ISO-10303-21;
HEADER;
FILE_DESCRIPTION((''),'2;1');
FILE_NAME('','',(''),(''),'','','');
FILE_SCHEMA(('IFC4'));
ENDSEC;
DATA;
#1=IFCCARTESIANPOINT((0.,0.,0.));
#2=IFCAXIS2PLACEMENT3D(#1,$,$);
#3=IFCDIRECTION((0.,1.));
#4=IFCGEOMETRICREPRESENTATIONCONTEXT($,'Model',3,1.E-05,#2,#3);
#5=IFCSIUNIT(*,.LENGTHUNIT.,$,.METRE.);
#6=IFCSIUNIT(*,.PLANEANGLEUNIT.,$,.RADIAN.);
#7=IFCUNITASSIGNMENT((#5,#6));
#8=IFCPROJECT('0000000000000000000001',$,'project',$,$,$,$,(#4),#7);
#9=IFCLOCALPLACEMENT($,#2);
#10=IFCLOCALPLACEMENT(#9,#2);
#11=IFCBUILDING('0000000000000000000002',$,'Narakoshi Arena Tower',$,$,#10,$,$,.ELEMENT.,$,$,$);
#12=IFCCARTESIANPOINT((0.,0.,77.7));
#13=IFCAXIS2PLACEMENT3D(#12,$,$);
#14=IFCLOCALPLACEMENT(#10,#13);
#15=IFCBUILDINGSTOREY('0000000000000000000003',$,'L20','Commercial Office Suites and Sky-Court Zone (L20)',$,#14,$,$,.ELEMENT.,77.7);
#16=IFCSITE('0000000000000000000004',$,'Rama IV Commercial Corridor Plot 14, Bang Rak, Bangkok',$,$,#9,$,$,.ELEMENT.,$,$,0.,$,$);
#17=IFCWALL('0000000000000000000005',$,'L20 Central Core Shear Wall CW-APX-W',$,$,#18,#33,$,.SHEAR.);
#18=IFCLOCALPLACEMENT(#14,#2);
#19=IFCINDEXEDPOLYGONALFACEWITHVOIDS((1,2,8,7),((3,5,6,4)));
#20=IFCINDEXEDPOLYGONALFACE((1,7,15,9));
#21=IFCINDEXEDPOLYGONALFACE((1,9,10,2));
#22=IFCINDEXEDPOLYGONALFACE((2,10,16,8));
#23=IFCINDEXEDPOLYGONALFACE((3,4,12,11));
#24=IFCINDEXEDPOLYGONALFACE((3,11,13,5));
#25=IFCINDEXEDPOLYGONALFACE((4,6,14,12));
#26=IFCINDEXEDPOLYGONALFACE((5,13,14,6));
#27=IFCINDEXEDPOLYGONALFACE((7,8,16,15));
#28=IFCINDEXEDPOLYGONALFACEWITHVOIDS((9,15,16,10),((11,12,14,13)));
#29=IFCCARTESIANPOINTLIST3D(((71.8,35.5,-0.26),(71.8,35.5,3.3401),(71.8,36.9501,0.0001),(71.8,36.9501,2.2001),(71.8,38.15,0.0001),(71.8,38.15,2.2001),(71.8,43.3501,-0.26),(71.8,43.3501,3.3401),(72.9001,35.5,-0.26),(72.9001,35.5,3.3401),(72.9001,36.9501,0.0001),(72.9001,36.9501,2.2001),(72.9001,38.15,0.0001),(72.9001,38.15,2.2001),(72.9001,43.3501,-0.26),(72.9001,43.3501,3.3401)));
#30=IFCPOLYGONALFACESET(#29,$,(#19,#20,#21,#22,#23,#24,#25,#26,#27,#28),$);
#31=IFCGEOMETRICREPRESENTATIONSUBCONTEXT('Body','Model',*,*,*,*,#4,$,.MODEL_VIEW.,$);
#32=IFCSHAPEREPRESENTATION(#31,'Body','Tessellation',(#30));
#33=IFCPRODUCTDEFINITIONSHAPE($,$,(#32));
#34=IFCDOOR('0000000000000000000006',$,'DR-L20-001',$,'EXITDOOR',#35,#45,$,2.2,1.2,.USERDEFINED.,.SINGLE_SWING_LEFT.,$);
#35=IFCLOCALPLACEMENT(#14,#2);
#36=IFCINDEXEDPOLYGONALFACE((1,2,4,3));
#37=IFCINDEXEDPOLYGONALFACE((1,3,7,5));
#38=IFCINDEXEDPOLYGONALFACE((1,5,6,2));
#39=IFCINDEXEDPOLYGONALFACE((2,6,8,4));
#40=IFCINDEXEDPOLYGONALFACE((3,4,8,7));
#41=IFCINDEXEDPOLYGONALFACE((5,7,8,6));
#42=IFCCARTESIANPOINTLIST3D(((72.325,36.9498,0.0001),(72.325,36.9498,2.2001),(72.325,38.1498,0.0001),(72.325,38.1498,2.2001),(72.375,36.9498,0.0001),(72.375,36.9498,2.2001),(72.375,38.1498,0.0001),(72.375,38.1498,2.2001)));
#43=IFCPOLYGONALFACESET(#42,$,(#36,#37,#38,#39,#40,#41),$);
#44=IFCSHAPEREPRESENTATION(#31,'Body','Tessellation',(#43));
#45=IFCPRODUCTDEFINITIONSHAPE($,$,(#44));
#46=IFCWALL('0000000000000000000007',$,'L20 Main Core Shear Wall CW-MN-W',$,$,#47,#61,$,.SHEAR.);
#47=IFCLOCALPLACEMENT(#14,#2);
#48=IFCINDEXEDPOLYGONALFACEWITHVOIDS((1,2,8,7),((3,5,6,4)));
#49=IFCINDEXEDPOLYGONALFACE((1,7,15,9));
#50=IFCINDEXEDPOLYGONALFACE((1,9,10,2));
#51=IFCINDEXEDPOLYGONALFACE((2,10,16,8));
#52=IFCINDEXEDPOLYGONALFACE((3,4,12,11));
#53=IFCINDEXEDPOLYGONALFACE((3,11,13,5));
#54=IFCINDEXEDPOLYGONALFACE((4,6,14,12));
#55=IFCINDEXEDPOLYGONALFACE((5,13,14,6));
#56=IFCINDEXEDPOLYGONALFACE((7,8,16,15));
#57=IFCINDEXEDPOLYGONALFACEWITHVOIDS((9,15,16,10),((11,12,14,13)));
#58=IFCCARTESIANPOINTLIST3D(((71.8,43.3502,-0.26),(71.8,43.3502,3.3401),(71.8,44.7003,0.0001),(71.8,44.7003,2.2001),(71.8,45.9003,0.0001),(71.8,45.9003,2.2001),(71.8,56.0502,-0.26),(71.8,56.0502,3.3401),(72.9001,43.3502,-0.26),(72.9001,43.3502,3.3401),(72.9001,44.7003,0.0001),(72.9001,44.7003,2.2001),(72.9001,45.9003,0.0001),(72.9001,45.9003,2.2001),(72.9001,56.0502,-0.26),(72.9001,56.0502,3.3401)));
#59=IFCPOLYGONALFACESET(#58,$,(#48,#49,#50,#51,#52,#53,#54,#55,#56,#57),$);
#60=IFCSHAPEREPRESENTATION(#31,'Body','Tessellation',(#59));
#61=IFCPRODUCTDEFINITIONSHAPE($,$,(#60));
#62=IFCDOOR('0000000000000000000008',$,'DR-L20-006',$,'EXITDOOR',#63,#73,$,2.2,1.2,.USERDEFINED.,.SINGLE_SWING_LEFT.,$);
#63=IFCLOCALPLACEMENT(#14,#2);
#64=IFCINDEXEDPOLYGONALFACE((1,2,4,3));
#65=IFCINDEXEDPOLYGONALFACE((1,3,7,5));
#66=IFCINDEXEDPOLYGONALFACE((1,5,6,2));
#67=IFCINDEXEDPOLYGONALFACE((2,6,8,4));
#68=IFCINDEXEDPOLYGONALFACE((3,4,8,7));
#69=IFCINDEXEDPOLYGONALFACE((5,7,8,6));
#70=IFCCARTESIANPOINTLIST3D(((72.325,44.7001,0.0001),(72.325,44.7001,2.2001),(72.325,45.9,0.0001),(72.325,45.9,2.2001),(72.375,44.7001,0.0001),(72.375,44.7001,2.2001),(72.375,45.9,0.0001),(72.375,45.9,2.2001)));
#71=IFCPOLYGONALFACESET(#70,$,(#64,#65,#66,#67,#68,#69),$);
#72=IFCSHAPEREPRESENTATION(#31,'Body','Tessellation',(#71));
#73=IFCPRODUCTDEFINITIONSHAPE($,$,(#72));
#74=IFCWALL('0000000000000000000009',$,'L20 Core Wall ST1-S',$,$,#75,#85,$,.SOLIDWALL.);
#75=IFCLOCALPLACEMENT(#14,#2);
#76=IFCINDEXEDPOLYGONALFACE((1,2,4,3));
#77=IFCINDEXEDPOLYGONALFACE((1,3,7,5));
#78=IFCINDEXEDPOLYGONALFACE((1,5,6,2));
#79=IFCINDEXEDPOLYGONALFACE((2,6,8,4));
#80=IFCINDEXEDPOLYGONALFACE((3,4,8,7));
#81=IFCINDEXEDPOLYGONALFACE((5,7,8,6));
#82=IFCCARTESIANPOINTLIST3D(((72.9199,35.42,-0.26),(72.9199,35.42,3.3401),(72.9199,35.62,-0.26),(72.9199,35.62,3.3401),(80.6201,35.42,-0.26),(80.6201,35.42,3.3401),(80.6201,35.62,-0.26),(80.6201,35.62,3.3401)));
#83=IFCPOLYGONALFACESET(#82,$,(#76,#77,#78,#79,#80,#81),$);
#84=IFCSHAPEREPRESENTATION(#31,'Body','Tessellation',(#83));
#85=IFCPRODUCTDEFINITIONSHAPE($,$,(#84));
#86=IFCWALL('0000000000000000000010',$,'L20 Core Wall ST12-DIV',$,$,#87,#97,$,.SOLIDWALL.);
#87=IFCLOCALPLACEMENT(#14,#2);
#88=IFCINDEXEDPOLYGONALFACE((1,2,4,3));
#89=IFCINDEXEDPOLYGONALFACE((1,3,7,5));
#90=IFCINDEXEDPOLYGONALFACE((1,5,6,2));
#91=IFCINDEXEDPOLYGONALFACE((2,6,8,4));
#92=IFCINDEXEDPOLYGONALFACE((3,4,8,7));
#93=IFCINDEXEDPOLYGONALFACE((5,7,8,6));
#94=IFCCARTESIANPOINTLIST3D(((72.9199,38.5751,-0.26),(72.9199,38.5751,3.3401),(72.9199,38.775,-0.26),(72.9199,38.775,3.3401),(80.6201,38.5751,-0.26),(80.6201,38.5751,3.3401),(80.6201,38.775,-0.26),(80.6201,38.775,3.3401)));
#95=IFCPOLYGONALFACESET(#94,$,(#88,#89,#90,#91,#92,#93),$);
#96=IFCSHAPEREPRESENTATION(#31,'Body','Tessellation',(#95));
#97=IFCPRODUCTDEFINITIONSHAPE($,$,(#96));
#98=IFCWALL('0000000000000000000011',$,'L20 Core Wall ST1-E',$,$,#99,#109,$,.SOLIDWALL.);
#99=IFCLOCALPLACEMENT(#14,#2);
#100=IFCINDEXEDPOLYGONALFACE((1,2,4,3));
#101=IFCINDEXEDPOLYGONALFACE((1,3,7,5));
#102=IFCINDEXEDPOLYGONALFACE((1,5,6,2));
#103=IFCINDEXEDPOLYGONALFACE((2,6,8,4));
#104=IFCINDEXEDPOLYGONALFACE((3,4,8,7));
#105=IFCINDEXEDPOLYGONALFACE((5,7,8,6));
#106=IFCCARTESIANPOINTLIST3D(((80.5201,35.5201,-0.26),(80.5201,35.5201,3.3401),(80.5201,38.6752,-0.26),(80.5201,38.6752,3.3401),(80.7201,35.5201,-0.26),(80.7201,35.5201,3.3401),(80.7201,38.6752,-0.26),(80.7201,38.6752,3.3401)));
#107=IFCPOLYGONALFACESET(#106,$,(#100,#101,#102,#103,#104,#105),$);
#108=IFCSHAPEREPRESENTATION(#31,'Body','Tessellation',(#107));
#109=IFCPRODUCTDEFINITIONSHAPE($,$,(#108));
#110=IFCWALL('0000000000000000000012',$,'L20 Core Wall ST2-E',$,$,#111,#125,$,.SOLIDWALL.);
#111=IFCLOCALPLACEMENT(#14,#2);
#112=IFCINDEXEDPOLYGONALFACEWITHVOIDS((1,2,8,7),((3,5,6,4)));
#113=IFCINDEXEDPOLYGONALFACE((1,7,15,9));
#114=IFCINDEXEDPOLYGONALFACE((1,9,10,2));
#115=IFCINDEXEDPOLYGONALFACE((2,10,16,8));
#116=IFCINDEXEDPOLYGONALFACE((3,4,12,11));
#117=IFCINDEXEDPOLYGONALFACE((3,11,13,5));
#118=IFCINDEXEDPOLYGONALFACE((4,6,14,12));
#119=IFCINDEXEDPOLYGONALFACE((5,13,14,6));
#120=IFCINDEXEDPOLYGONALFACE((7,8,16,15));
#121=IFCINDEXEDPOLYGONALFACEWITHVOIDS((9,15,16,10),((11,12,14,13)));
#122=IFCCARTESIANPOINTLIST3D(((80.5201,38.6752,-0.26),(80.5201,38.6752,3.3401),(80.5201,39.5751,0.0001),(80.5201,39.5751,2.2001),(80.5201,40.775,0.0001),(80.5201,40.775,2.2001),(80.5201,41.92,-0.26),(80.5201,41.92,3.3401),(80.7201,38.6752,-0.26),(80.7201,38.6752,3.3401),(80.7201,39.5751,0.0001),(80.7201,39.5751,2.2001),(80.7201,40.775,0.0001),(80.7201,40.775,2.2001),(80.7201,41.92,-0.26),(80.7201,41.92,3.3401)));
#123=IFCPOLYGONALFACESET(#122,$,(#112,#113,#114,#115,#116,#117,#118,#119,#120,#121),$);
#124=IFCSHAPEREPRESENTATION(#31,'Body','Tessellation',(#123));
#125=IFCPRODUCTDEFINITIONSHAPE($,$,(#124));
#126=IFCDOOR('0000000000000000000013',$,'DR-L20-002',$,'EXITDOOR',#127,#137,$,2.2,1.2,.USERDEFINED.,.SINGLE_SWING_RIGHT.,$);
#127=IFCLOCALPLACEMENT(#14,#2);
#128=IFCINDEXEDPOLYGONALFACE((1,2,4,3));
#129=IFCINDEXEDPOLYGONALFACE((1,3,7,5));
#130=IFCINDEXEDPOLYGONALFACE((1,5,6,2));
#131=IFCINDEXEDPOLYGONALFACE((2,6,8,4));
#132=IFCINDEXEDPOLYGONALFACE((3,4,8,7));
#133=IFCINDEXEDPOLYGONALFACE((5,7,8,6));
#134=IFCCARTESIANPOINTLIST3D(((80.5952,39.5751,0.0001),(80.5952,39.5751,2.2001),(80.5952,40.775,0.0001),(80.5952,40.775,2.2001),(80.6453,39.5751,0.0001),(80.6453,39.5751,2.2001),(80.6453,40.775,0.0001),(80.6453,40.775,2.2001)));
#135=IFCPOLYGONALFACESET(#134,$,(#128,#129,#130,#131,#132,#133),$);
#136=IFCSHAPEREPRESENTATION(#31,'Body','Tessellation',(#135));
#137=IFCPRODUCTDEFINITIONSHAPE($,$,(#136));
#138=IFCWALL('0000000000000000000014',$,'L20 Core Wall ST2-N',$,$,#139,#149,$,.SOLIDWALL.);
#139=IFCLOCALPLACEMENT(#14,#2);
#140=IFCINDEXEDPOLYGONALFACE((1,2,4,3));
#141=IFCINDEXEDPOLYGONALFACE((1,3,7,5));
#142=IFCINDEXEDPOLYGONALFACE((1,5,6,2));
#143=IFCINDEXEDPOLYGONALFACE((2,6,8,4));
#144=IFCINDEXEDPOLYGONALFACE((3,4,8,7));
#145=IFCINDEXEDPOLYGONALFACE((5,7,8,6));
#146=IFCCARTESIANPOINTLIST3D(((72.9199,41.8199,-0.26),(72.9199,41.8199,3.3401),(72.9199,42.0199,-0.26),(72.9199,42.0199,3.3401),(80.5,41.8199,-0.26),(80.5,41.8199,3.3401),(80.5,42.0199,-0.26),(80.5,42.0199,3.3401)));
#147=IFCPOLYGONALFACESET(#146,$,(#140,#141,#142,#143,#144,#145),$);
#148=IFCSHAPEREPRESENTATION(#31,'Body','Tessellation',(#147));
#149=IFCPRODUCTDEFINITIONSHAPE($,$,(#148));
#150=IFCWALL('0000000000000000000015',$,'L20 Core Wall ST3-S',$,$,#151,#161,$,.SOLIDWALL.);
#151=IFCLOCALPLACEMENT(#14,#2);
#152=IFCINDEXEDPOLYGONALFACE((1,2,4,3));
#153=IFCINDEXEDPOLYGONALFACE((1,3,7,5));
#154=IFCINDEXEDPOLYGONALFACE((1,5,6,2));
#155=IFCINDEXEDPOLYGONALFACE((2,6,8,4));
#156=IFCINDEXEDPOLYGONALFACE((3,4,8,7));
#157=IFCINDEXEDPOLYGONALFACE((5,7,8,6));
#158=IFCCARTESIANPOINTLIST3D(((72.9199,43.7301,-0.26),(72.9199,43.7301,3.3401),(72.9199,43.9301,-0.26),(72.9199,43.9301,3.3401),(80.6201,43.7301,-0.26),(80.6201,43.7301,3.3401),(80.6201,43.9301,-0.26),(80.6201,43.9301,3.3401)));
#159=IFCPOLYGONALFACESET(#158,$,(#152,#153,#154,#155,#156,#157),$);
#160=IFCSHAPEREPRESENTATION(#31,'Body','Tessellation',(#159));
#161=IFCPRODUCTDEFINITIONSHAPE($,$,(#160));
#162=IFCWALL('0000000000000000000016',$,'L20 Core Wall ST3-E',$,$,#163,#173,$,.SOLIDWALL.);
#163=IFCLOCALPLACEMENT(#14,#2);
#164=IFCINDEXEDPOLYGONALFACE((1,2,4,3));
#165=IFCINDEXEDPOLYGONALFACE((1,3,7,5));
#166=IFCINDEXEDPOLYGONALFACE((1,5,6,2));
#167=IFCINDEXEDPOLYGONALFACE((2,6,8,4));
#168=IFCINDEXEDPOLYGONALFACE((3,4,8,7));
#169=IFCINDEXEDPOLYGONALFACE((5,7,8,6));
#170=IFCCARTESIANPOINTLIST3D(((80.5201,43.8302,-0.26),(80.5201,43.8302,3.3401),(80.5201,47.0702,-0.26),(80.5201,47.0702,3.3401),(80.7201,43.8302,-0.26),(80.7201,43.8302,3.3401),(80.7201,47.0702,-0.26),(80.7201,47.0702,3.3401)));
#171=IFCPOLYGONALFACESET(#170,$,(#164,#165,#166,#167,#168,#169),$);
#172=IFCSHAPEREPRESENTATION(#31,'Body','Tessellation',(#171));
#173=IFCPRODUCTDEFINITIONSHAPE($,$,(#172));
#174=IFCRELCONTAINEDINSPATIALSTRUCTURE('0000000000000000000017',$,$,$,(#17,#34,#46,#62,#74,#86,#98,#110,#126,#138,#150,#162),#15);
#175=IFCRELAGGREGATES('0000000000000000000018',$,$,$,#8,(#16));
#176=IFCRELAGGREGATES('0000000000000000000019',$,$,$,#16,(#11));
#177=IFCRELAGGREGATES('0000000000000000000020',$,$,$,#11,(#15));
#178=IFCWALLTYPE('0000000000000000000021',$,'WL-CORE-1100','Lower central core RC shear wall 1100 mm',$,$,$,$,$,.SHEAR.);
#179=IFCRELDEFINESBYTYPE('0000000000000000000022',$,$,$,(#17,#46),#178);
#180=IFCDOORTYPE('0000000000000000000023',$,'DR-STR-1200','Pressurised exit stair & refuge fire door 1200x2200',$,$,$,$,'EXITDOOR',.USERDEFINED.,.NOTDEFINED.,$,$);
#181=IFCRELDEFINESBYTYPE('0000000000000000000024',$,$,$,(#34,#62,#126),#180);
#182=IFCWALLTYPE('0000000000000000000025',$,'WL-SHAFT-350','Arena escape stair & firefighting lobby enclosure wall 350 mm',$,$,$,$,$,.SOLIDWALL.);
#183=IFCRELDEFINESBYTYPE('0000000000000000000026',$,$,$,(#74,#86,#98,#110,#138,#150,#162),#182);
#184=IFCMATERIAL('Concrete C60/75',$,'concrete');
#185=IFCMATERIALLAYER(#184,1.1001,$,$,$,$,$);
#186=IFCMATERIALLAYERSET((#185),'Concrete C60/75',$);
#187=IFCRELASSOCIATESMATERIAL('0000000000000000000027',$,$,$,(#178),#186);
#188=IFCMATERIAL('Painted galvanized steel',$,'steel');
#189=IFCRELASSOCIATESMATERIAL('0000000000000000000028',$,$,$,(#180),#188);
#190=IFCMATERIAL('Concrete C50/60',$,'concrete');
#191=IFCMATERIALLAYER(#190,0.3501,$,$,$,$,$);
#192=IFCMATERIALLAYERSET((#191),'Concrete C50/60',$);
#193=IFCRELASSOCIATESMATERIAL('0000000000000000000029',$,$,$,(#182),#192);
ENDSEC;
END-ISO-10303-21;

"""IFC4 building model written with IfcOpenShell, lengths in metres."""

from ifc_helpers import new_model, si_unit, direction, frame, frame_2d, origin, place, context, subcontext, project, spatial, rectangle, extrude, material, layer, layer_set, type_object, element, fill, save


model = new_model("IFC4")

# Units and contexts
model_context = context("Model", 3, precision=1e-05, world=origin(), true_north=direction((0.0, 1.0)))
body_context = subcontext(model_context, "Body", "Model", "MODEL_VIEW")
ifc_project = project(units=[si_unit("LENGTHUNIT", "METRE"), si_unit("PLANEANGLEUNIT", "RADIAN")], contexts=[model_context])

# Site, building, storey
site_placement = place(None, origin())
site = spatial("IfcSite", under=ifc_project, at=site_placement, Name="Rama IV Commercial Corridor Plot 14, Bang Rak, Bangkok", CompositionType="ELEMENT", RefElevation=0.0)
building_placement = place(site_placement, origin())
building = spatial("IfcBuilding", under=site, at=building_placement, Name="Narakoshi Arena Tower", CompositionType="ELEMENT")
storey_placement = place(building_placement, frame((0.0, 0.0, 77.7)))
storey = spatial("IfcBuildingStorey", under=building, at=storey_placement, Name="L20", Description="Commercial Office Suites and Sky-Court Zone (L20)", CompositionType="ELEMENT", Elevation=77.7)

# Walls, openings, doors
ifc_material_1 = material(Name="Concrete C60/75", Category="concrete")
ifc_layer_1 = layer(ifc_material_1, 1.1001)
ifc_layer_set_1 = layer_set([ifc_layer_1], Name="Concrete C60/75")
wall_type_1 = type_object("IfcWallType", Name="WL-CORE-1100", Description="Lower central core RC shear wall 1100 mm", PredefinedType="SHEAR", material=ifc_layer_set_1)
wall_1_placement = place(storey_placement, frame((72.3501, 35.5, -0.26), z_axis=(0.0, 0.0, 1.0), x_axis=(0.0, 1.0, 0.0)))
wall_1 = element("IfcWall", 1, at=wall_1_placement, inside=storey, type_object=wall_type_1, Name="L20 Central Core Shear Wall CW-APX-W", PredefinedType="SHEAR", context=body_context, shape_type="SweptSolid", body=[
    extrude(rectangle(XDim=7.8501, YDim=1.1001, at=frame_2d((3.925, 0.0))), origin(), (0.0, 0.0, 1.0), 3.6001),
])
opening_1_placement = place(wall_1_placement, frame((1.45, 0.0, 0.26)))
opening_1 = element("IfcOpeningElement", 2, at=opening_1_placement, cuts=wall_1, PredefinedType="OPENING", context=body_context, shape_type="SweptSolid", body=[
    extrude(rectangle(XDim=1.2, YDim=2.2, at=frame_2d((0.6001, 1.1001))), frame((0.0, 0.5601, 0.0), z_axis=(0.0, -1.0, 0.0), x_axis=(1.0, 0.0, 0.0)), (0.0, 0.0, 1.0), 1.1201),
])
ifc_material_2 = material(Name="Painted galvanized steel", Category="steel")
door_type = type_object("IfcDoorType", Name="DR-STR-1200", Description="Pressurised exit stair & refuge fire door 1200x2200", ElementType="EXITDOOR", OperationType="NOTDEFINED", PredefinedType="USERDEFINED", material=ifc_material_2)
door_1_placement = place(opening_1_placement, frame((1.2, 0.0, 0.0), z_axis=(0.0, 0.0, 1.0), x_axis=(-1.0, 0.0, 0.0)))
door_1 = element("IfcDoor", 3, at=door_1_placement, inside=storey, type_object=door_type, Name="DR-L20-001", ObjectType="EXITDOOR", OperationType="SINGLE_SWING_LEFT", OverallHeight=2.2, OverallWidth=1.2, PredefinedType="USERDEFINED", context=body_context, shape_type="SweptSolid", body=[
    extrude(rectangle(XDim=1.2, YDim=2.2, at=frame_2d((0.6001, 1.1001))), frame((0.0, 0.0249, 0.0), z_axis=(0.0, -1.0, 0.0), x_axis=(1.0, 0.0, 0.0)), (0.0, 0.0, 1.0), 0.05),
])
fill(opening_1, door_1)
wall_2_placement = place(storey_placement, frame((72.3501, 43.3501, -0.26), z_axis=(0.0, 0.0, 1.0), x_axis=(0.0, 1.0, 0.0)))
wall_2 = element("IfcWall", 4, at=wall_2_placement, inside=storey, type_object=wall_type_1, Name="L20 Main Core Shear Wall CW-MN-W", PredefinedType="SHEAR", context=body_context, shape_type="SweptSolid", body=[
    extrude(rectangle(XDim=12.7, YDim=1.1001, at=frame_2d((6.3501, 0.0))), origin(), (0.0, 0.0, 1.0), 3.6001),
])
opening_2_placement = place(wall_2_placement, frame((1.3501, 0.0, 0.26)))
opening_2 = element("IfcOpeningElement", 5, at=opening_2_placement, cuts=wall_2, PredefinedType="OPENING", context=body_context, shape_type="SweptSolid", body=[
    extrude(rectangle(XDim=1.2, YDim=2.2, at=frame_2d((0.6001, 1.1001))), frame((0.0, 0.5601, 0.0), z_axis=(0.0, -1.0, 0.0), x_axis=(1.0, 0.0, 0.0)), (0.0, 0.0, 1.0), 1.1201),
])
door_2_placement = place(opening_2_placement, frame((1.2, 0.0, 0.0), z_axis=(0.0, 0.0, 1.0), x_axis=(-1.0, 0.0, 0.0)))
door_2 = element("IfcDoor", 6, at=door_2_placement, inside=storey, type_object=door_type, Name="DR-L20-006", ObjectType="EXITDOOR", OperationType="SINGLE_SWING_LEFT", OverallHeight=2.2, OverallWidth=1.2, PredefinedType="USERDEFINED", context=body_context, shape_type="SweptSolid", body=[
    extrude(rectangle(XDim=1.2, YDim=2.2, at=frame_2d((0.6001, 1.1001))), frame((0.0, 0.0249, 0.0), z_axis=(0.0, -1.0, 0.0), x_axis=(1.0, 0.0, 0.0)), (0.0, 0.0, 1.0), 0.05),
])
fill(opening_2, door_2)

# Walls
ifc_material_3 = material(Name="Concrete C50/60", Category="concrete")
ifc_layer_2 = layer(ifc_material_3, 0.3501)
ifc_layer_set_2 = layer_set([ifc_layer_2], Name="Concrete C50/60")
wall_type_2 = type_object("IfcWallType", Name="WL-SHAFT-350", Description="Arena escape stair & firefighting lobby enclosure wall 350 mm", PredefinedType="SOLIDWALL", material=ifc_layer_set_2)
for number, where, z_axis, x_axis, name in (
    (7, (72.9199, 35.52, -0.26), (0.0, 0.0, 1.0), (1.0, 0.0, 0.0), "L20 Core Wall ST1-S"),
    (8, (72.9199, 38.675, -0.26), (0.0, 0.0, 1.0), (1.0, 0.0, 0.0), "L20 Core Wall ST12-DIV"),
):
    element("IfcWall", number, at=place(storey_placement, frame(where, z_axis=z_axis, x_axis=x_axis)), inside=storey, type_object=wall_type_2, Name=name, PredefinedType="SOLIDWALL", context=body_context, shape_type="SweptSolid", body=[
        extrude(rectangle(XDim=7.7002, YDim=0.2, at=frame_2d((3.8501, 0.0))), origin(), (0.0, 0.0, 1.0), 3.6001),
    ])
wall_3_placement = place(storey_placement, frame((80.6201, 35.52, -0.26), z_axis=(0.0, 0.0, 1.0), x_axis=(0.0, 1.0, 0.0)))
element("IfcWall", 9, at=wall_3_placement, inside=storey, type_object=wall_type_2, Name="L20 Core Wall ST1-E", PredefinedType="SOLIDWALL", context=body_context, shape_type="SweptSolid", body=[
    extrude(rectangle(XDim=3.155, YDim=0.2, at=frame_2d((1.5776, 0.0))), origin(), (0.0, 0.0, 1.0), 3.6001),
])

# Wall, opening, door
wall_4_placement = place(storey_placement, frame((80.6201, 38.675, -0.26), z_axis=(0.0, 0.0, 1.0), x_axis=(0.0, 1.0, 0.0)))
wall_4 = element("IfcWall", 10, at=wall_4_placement, inside=storey, type_object=wall_type_2, Name="L20 Core Wall ST2-E", PredefinedType="SOLIDWALL", context=body_context, shape_type="SweptSolid", body=[
    extrude(rectangle(XDim=3.2449, YDim=0.2, at=frame_2d((1.6226, 0.0))), origin(), (0.0, 0.0, 1.0), 3.6001),
])
opening_3_placement = place(wall_4_placement, frame((0.8999, 0.0, 0.26)))
opening_3 = element("IfcOpeningElement", 11, at=opening_3_placement, cuts=wall_4, PredefinedType="OPENING", context=body_context, shape_type="SweptSolid", body=[
    extrude(rectangle(XDim=1.2, YDim=2.2, at=frame_2d((0.6001, 1.1001))), frame((0.0, 0.1099, 0.0), z_axis=(0.0, -1.0, 0.0), x_axis=(1.0, 0.0, 0.0)), (0.0, 0.0, 1.0), 0.22),
])
door_3_placement = place(opening_3_placement, origin())
door_3 = element("IfcDoor", 12, at=door_3_placement, inside=storey, type_object=door_type, Name="DR-L20-002", ObjectType="EXITDOOR", OperationType="SINGLE_SWING_RIGHT", OverallHeight=2.2, OverallWidth=1.2, PredefinedType="USERDEFINED", context=body_context, shape_type="SweptSolid", body=[
    extrude(rectangle(XDim=1.2, YDim=2.2, at=frame_2d((0.6001, 1.1001))), frame((0.0, 0.0249, 0.0), z_axis=(0.0, -1.0, 0.0), x_axis=(1.0, 0.0, 0.0)), (0.0, 0.0, 1.0), 0.05),
])
fill(opening_3, door_3)

# Walls
wall_5_placement = place(storey_placement, frame((72.9199, 41.9199, -0.26), z_axis=(0.0, 0.0, 1.0), x_axis=(1.0, 0.0, 0.0)))
element("IfcWall", 13, at=wall_5_placement, inside=storey, type_object=wall_type_2, Name="L20 Core Wall ST2-N", PredefinedType="SOLIDWALL", context=body_context, shape_type="SweptSolid", body=[
    extrude(rectangle(XDim=7.5801, YDim=0.2, at=frame_2d((3.79, 0.0))), origin(), (0.0, 0.0, 1.0), 3.6001),
])
wall_6_placement = place(storey_placement, frame((72.9199, 43.8301, -0.26), z_axis=(0.0, 0.0, 1.0), x_axis=(1.0, 0.0, 0.0)))
element("IfcWall", 14, at=wall_6_placement, inside=storey, type_object=wall_type_2, Name="L20 Core Wall ST3-S", PredefinedType="SOLIDWALL", context=body_context, shape_type="SweptSolid", body=[
    extrude(rectangle(XDim=7.7002, YDim=0.2, at=frame_2d((3.8501, 0.0))), origin(), (0.0, 0.0, 1.0), 3.6001),
])
wall_7_placement = place(storey_placement, frame((80.6201, 43.8301, -0.26), z_axis=(0.0, 0.0, 1.0), x_axis=(0.0, 1.0, 0.0)))
element("IfcWall", 15, at=wall_7_placement, inside=storey, type_object=wall_type_2, Name="L20 Core Wall ST3-E", PredefinedType="SOLIDWALL", context=body_context, shape_type="SweptSolid", body=[
    extrude(rectangle(XDim=3.24, YDim=0.2, at=frame_2d((1.6201, 0.0))), origin(), (0.0, 0.0, 1.0), 3.6001),
])

save(model, "model.ifc")
